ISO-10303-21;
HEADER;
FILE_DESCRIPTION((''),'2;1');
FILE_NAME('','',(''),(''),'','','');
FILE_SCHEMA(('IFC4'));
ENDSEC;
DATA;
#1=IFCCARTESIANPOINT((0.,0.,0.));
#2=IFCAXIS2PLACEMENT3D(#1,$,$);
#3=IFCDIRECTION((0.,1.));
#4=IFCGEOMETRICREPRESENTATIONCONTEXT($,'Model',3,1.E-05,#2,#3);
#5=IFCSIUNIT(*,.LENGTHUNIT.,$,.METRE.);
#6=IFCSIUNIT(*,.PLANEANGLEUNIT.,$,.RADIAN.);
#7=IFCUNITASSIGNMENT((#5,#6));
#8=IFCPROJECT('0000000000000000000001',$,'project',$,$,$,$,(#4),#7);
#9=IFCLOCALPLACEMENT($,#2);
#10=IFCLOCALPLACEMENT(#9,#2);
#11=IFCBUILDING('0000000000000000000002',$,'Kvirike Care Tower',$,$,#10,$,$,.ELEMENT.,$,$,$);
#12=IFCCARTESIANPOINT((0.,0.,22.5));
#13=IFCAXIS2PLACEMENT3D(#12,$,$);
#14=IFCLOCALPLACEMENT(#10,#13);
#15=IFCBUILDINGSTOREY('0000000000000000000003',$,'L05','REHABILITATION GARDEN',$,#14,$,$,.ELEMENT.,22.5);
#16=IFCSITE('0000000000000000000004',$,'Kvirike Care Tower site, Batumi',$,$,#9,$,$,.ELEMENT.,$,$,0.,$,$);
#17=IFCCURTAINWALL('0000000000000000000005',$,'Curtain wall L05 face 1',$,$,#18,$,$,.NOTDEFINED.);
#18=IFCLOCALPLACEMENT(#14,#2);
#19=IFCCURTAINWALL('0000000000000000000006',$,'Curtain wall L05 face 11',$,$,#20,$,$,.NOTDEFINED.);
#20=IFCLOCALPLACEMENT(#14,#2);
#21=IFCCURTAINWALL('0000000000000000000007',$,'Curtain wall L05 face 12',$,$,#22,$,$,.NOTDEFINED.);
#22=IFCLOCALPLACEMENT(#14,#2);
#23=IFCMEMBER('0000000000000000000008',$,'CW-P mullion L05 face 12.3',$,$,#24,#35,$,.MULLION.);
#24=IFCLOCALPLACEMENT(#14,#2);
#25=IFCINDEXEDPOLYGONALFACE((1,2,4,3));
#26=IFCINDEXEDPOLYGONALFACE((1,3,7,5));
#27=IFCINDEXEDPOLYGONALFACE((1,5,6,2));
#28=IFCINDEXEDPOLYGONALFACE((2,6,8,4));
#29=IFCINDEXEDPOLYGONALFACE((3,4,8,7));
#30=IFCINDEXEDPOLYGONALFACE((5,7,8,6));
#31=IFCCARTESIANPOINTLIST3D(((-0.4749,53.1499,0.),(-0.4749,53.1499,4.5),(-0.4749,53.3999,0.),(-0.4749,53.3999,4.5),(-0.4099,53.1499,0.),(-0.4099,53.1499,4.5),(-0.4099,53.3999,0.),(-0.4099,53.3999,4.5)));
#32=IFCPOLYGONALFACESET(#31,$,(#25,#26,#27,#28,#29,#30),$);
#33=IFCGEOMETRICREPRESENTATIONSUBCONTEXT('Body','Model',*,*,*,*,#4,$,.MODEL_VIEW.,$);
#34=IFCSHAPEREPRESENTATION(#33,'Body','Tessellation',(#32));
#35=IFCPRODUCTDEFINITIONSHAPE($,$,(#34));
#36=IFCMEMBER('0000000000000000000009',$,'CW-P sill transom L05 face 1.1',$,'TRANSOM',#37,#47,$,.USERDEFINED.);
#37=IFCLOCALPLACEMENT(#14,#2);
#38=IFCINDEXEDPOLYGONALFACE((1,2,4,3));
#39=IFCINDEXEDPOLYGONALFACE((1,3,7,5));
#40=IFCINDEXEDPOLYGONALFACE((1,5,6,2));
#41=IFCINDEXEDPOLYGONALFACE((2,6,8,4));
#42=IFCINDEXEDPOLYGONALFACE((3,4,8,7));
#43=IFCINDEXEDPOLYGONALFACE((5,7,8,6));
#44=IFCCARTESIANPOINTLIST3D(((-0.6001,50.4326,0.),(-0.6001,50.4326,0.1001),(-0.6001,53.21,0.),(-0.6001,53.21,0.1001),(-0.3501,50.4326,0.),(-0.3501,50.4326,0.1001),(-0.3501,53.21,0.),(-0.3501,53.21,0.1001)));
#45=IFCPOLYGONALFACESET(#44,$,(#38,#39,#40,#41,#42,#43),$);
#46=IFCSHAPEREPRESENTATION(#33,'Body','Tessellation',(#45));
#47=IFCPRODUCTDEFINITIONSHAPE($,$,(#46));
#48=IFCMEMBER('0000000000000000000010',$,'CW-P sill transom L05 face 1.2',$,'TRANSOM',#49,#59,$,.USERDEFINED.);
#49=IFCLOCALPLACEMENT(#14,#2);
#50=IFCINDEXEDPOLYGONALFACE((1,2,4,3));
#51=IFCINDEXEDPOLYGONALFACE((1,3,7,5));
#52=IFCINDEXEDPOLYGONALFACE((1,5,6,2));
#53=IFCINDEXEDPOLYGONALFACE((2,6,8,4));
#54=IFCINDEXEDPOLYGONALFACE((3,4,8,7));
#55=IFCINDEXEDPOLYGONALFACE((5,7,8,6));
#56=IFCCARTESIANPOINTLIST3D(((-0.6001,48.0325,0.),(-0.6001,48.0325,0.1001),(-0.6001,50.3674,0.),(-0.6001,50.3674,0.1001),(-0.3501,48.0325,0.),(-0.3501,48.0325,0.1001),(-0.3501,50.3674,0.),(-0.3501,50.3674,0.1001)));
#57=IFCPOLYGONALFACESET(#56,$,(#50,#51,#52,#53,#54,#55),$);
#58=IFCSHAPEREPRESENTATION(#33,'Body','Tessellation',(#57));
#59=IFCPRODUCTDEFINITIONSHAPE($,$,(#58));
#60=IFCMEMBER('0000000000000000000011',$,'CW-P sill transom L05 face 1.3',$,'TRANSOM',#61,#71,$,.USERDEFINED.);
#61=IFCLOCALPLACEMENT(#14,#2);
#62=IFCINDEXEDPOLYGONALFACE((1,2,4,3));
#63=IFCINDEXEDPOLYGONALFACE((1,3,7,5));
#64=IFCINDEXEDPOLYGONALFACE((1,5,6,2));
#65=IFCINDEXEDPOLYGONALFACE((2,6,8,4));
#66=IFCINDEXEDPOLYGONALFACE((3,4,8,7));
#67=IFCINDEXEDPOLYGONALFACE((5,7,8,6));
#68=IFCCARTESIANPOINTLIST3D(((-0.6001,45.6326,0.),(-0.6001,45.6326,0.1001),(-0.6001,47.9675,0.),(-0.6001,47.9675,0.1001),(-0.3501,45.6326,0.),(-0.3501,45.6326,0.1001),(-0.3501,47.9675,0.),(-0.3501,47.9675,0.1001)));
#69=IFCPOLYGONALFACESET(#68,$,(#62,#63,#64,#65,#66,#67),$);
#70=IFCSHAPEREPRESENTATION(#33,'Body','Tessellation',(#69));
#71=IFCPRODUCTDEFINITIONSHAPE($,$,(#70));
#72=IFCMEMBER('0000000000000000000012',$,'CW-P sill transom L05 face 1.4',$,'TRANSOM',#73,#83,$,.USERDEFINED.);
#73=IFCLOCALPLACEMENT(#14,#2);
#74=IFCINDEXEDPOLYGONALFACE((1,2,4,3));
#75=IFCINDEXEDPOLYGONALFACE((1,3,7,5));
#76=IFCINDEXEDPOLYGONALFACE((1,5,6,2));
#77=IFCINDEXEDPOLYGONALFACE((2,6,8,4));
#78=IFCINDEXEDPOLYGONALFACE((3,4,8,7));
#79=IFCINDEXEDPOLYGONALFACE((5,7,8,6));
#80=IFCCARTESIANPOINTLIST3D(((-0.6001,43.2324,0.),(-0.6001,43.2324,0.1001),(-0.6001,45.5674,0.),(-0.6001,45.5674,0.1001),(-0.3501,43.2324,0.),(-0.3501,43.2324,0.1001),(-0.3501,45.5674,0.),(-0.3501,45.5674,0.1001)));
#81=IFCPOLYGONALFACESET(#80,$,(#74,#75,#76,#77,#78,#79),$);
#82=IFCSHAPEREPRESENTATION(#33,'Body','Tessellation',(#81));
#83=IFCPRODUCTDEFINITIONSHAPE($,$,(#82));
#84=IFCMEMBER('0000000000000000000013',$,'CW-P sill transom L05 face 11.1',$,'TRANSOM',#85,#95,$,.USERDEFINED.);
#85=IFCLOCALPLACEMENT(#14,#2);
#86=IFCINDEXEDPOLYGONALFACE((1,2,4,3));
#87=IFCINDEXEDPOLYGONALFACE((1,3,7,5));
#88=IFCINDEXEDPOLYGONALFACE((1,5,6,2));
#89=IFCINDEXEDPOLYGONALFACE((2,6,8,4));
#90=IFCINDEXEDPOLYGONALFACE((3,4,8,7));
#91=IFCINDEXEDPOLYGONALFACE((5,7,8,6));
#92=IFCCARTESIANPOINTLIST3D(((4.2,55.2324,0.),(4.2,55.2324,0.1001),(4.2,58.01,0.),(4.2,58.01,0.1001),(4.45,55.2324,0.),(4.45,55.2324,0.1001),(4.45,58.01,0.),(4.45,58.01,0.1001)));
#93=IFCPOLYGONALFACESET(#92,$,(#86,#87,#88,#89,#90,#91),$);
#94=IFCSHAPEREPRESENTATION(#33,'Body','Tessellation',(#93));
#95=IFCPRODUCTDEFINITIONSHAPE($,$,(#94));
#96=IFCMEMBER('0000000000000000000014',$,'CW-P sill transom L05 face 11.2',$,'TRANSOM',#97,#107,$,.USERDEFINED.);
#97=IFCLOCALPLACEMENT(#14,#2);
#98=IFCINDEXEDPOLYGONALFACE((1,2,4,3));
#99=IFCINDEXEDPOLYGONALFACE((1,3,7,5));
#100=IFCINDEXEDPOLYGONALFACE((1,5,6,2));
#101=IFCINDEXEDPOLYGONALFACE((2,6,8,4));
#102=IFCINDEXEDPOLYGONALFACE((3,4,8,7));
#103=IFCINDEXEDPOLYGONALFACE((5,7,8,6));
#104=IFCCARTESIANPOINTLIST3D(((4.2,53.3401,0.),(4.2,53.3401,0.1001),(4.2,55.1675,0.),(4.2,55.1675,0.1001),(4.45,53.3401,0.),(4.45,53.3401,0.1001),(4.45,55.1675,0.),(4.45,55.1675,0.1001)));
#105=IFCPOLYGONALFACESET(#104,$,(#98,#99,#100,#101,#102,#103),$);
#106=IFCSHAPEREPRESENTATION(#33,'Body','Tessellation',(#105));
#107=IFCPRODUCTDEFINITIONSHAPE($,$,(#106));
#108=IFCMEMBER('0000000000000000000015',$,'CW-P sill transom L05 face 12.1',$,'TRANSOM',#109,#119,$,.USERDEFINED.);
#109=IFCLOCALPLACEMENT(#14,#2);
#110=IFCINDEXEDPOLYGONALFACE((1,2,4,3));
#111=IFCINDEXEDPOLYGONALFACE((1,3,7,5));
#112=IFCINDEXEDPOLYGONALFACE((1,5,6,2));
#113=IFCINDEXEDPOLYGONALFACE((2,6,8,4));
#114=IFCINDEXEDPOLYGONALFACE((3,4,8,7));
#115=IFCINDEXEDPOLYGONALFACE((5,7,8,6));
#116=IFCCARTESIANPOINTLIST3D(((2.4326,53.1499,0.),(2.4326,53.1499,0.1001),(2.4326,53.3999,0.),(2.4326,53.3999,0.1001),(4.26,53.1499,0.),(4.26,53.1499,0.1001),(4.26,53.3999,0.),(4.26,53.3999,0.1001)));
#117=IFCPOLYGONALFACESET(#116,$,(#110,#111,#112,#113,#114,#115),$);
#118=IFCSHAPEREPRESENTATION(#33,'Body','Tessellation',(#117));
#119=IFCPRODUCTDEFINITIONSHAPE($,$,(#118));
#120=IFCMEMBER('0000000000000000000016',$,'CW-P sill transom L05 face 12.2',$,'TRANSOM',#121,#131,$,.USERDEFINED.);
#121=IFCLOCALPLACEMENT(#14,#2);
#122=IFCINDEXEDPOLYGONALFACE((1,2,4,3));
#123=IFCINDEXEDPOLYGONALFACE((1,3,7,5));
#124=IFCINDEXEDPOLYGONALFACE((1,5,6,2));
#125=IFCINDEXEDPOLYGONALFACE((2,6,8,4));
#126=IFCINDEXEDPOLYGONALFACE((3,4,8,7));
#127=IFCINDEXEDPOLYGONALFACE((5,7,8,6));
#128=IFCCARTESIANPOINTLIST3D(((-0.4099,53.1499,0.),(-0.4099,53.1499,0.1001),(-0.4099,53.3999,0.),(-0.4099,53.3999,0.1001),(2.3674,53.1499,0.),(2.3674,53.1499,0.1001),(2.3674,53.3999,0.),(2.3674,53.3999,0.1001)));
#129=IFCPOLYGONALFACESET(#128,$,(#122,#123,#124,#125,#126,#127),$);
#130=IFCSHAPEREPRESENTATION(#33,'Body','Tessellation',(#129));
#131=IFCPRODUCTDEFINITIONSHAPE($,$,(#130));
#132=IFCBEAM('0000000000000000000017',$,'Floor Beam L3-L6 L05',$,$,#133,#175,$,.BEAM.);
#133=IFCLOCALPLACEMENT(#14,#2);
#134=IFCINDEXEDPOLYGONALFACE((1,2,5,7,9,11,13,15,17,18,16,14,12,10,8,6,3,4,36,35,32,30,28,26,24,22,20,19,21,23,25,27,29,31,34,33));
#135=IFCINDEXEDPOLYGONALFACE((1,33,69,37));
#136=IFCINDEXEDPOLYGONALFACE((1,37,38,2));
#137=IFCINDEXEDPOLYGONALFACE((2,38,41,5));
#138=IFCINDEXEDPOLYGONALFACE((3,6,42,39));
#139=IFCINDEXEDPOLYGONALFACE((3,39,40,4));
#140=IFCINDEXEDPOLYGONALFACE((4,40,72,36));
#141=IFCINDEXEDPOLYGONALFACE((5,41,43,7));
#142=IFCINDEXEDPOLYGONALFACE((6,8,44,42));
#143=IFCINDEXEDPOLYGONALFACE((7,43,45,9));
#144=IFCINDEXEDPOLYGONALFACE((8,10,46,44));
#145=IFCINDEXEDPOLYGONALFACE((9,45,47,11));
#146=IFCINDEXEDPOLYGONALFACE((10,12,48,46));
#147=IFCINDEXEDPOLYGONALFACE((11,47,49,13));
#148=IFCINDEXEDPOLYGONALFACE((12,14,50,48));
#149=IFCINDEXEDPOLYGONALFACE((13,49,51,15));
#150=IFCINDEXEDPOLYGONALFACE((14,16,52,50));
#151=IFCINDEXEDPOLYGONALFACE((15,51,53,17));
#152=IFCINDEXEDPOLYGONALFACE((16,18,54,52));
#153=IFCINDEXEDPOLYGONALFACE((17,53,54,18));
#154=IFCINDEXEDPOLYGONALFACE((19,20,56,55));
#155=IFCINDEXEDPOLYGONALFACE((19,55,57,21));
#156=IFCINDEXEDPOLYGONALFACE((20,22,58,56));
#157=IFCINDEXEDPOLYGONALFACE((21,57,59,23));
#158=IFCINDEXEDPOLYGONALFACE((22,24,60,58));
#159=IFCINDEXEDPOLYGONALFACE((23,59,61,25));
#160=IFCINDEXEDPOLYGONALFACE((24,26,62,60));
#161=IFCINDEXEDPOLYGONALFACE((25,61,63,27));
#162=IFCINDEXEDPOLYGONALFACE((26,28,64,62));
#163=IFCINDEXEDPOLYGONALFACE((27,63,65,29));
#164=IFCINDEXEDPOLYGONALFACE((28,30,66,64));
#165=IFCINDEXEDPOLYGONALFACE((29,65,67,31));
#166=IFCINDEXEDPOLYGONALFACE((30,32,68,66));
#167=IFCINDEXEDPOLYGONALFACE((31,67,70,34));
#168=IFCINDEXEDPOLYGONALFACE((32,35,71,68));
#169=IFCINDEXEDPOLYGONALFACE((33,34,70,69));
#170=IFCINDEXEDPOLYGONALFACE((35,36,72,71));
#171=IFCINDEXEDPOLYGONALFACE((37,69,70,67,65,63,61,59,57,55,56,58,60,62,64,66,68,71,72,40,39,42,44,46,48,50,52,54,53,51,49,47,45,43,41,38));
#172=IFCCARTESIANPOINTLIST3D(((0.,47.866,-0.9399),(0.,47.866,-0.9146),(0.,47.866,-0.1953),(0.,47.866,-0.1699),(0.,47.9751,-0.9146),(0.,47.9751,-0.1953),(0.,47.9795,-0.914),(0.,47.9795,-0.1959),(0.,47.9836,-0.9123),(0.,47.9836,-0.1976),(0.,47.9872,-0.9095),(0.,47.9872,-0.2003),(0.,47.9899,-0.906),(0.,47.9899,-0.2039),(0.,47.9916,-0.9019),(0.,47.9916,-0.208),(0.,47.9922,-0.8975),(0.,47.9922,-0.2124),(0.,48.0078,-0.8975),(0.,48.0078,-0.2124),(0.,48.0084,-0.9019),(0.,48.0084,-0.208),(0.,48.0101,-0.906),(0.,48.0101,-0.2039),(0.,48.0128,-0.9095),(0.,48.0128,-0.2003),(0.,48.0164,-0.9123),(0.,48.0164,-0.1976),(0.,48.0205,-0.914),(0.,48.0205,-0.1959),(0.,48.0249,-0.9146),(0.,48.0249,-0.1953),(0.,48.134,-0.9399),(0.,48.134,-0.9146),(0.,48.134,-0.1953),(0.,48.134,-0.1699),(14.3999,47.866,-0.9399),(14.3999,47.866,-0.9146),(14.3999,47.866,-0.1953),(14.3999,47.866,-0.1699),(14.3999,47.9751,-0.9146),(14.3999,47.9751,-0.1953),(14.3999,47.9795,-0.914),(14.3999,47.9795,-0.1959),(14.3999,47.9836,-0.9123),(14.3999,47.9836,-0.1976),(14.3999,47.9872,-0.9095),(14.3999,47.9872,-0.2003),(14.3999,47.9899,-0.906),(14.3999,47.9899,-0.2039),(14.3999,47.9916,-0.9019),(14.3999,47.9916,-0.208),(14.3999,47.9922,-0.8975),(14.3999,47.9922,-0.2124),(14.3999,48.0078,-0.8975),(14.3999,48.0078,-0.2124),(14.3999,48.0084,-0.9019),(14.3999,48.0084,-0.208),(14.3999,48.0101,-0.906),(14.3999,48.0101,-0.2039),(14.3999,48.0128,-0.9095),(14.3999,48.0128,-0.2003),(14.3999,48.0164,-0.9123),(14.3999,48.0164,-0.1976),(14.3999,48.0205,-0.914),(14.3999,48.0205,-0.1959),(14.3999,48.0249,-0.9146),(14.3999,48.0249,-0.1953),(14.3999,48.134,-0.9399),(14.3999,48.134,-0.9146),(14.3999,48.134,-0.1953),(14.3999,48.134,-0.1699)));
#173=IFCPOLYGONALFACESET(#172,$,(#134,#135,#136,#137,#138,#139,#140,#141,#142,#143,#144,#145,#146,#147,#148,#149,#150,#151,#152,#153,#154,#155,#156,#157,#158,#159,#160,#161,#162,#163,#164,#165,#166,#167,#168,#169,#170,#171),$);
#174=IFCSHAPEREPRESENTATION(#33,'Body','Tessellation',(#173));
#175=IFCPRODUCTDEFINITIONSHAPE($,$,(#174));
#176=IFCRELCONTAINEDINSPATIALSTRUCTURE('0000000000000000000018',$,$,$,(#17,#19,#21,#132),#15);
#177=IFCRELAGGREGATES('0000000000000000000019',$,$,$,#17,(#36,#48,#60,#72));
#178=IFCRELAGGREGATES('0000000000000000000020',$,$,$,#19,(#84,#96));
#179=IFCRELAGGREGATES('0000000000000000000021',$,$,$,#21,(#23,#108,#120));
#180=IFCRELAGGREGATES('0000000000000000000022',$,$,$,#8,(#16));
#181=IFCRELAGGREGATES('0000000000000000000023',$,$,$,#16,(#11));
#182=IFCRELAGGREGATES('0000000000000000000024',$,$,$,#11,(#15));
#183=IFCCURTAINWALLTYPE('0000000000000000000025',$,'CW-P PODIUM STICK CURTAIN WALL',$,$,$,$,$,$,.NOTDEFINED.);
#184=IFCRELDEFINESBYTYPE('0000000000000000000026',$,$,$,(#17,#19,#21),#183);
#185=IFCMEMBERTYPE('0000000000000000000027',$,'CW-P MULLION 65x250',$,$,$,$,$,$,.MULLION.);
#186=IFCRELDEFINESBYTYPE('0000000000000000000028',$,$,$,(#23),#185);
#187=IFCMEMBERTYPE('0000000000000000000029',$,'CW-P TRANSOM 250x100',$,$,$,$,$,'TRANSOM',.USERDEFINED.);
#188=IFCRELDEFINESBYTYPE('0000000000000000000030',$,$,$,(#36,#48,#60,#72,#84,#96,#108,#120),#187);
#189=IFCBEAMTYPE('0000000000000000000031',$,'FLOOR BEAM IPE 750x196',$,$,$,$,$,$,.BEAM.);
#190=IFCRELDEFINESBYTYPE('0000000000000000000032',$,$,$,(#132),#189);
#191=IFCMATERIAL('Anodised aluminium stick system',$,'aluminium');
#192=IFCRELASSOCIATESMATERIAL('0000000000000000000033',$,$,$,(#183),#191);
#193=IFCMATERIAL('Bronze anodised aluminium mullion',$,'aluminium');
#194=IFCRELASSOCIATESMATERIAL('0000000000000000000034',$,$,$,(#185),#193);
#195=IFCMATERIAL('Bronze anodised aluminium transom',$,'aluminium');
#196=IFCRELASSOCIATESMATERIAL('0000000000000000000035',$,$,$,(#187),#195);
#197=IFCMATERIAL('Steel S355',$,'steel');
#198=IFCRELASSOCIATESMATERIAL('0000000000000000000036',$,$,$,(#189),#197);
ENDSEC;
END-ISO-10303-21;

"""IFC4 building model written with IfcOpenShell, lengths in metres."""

from ifc_helpers import new_model, si_unit, direction, frame, origin, origin_2d, place, context, subcontext, project, spatial, rectangle, i_section, extrude, material, material_profile, profile_set, type_object, element, aggregate, save


model = new_model("IFC4")

# Units and contexts
model_context = context("Model", 3, precision=1e-05, world=origin(), true_north=direction((0.0, 1.0)))
body_context = subcontext(model_context, "Body", "Model", "MODEL_VIEW")
ifc_project = project(units=[si_unit("LENGTHUNIT", "METRE"), si_unit("PLANEANGLEUNIT", "RADIAN")], contexts=[model_context])

# Site, building, storey
site_placement = place(None, origin())
site = spatial("IfcSite", under=ifc_project, at=site_placement, Name="Kvirike Care Tower site, Batumi", CompositionType="ELEMENT", RefElevation=0.0)
building_placement = place(site_placement, origin())
building = spatial("IfcBuilding", under=site, at=building_placement, Name="Kvirike Care Tower", CompositionType="ELEMENT")
storey_placement = place(building_placement, frame((0.0, 0.0, 22.5)))
storey = spatial("IfcBuildingStorey", under=building, at=storey_placement, Name="L05", Description="REHABILITATION GARDEN", CompositionType="ELEMENT", Elevation=22.5)

# Curtain wall
ifc_material_1 = material(Name="Anodised aluminium stick system", Category="aluminium")
curtain_wall_type = type_object("IfcCurtainWallType", Name="CW-P PODIUM STICK CURTAIN WALL", PredefinedType="NOTDEFINED", material=ifc_material_1)
curtain_wall_1_placement = place(storey_placement, origin())
curtain_wall_1 = element("IfcCurtainWall", 1, at=curtain_wall_1_placement, inside=storey, type_object=curtain_wall_type, Name="Curtain wall L05 face 1", PredefinedType="NOTDEFINED")
ifc_material_2 = material(Name="Bronze anodised aluminium mullion", Category="aluminium")
ifc_material_profile_1 = material_profile(ifc_material_2, rectangle(XDim=0.0649, YDim=0.25, at=origin_2d()), Name="CW-P MULLION 65x250")
ifc_profile_set_1 = profile_set([ifc_material_profile_1], Name="Bronze anodised aluminium mullion")
member_type_1 = type_object("IfcMemberType", Name="CW-P MULLION 65x250", PredefinedType="MULLION", material=ifc_profile_set_1)

# Curtain walls, member
curtain_wall_2_placement = place(storey_placement, origin())
curtain_wall_2 = element("IfcCurtainWall", 2, at=curtain_wall_2_placement, inside=storey, type_object=curtain_wall_type, Name="Curtain wall L05 face 11", PredefinedType="NOTDEFINED")
curtain_wall_3_placement = place(storey_placement, origin())
curtain_wall_3 = element("IfcCurtainWall", 3, at=curtain_wall_3_placement, inside=storey, type_object=curtain_wall_type, Name="Curtain wall L05 face 12", PredefinedType="NOTDEFINED")
member_1_placement = place(storey_placement, frame((-0.4424, 53.2749, 0.0), z_axis=(0.0, 0.0, 1.0), x_axis=(-1.0, 0.0, 0.0)))
member_1 = element("IfcMember", 4, at=member_1_placement, type_object=member_type_1, Name="CW-P mullion L05 face 12.3", PredefinedType="MULLION", context=body_context, shape_type="SweptSolid", body=[
    extrude(rectangle(XDim=0.0649, YDim=0.25, at=origin_2d()), origin(), (0.0, 0.0, 1.0), 4.5),
])

# Members
ifc_material_3 = material(Name="Bronze anodised aluminium transom", Category="aluminium")
ifc_material_profile_2 = material_profile(ifc_material_3, rectangle(XDim=0.25, YDim=0.1001, at=origin_2d()), Name="CW-P TRANSOM 250x100")
ifc_profile_set_2 = profile_set([ifc_material_profile_2], Name="Bronze anodised aluminium transom")
member_type_2 = type_object("IfcMemberType", Name="CW-P TRANSOM 250x100", ElementType="TRANSOM", PredefinedType="USERDEFINED", material=ifc_profile_set_2)
member_2_placement = place(storey_placement, frame((-0.4751, 53.21, 0.05), z_axis=(0.0, -1.0, 0.0), x_axis=(1.0, 0.0, 0.0)))
member_2 = element("IfcMember", 5, at=member_2_placement, type_object=member_type_2, Name="CW-P sill transom L05 face 1.1", ObjectType="TRANSOM", PredefinedType="USERDEFINED", context=body_context, shape_type="SweptSolid", body=[
    extrude(rectangle(XDim=0.25, YDim=0.1001, at=origin_2d()), origin(), (0.0, 0.0, 1.0), 2.7773),
])
member_3_placement = place(storey_placement, frame((-0.4751, 50.3674, 0.05), z_axis=(0.0, -1.0, 0.0), x_axis=(1.0, 0.0, 0.0)))
member_3 = element("IfcMember", 6, at=member_3_placement, type_object=member_type_2, Name="CW-P sill transom L05 face 1.2", ObjectType="TRANSOM", PredefinedType="USERDEFINED", context=body_context, shape_type="SweptSolid", body=[
    extrude(rectangle(XDim=0.25, YDim=0.1001, at=origin_2d()), origin(), (0.0, 0.0, 1.0), 2.335),
])
member_4_placement = place(storey_placement, frame((-0.4751, 47.9675, 0.05), z_axis=(0.0, -1.0, 0.0), x_axis=(1.0, 0.0, 0.0)))
member_4 = element("IfcMember", 7, at=member_4_placement, type_object=member_type_2, Name="CW-P sill transom L05 face 1.3", ObjectType="TRANSOM", PredefinedType="USERDEFINED", context=body_context, shape_type="SweptSolid", body=[
    extrude(rectangle(XDim=0.25, YDim=0.1001, at=origin_2d()), origin(), (0.0, 0.0, 1.0), 2.335),
])
member_5_placement = place(storey_placement, frame((-0.4751, 45.5674, 0.05), z_axis=(0.0, -1.0, 0.0), x_axis=(1.0, 0.0, 0.0)))
member_5 = element("IfcMember", 8, at=member_5_placement, type_object=member_type_2, Name="CW-P sill transom L05 face 1.4", ObjectType="TRANSOM", PredefinedType="USERDEFINED", context=body_context, shape_type="SweptSolid", body=[
    extrude(rectangle(XDim=0.25, YDim=0.1001, at=origin_2d()), origin(), (0.0, 0.0, 1.0), 2.335),
])
member_6_placement = place(storey_placement, frame((4.325, 58.01, 0.05), z_axis=(0.0, -1.0, 0.0), x_axis=(1.0, 0.0, 0.0)))
member_6 = element("IfcMember", 9, at=member_6_placement, type_object=member_type_2, Name="CW-P sill transom L05 face 11.1", ObjectType="TRANSOM", PredefinedType="USERDEFINED", context=body_context, shape_type="SweptSolid", body=[
    extrude(rectangle(XDim=0.25, YDim=0.1001, at=origin_2d()), origin(), (0.0, 0.0, 1.0), 2.7776),
])
member_7_placement = place(storey_placement, frame((4.325, 55.1675, 0.05), z_axis=(0.0, -1.0, 0.0), x_axis=(1.0, 0.0, 0.0)))
member_7 = element("IfcMember", 10, at=member_7_placement, type_object=member_type_2, Name="CW-P sill transom L05 face 11.2", ObjectType="TRANSOM", PredefinedType="USERDEFINED", context=body_context, shape_type="SweptSolid", body=[
    extrude(rectangle(XDim=0.25, YDim=0.1001, at=origin_2d()), origin(), (0.0, 0.0, 1.0), 1.8274),
])
member_8_placement = place(storey_placement, frame((4.26, 53.2749, 0.05), z_axis=(-1.0, 0.0, 0.0), x_axis=(0.0, -1.0, 0.0)))
member_8 = element("IfcMember", 11, at=member_8_placement, type_object=member_type_2, Name="CW-P sill transom L05 face 12.1", ObjectType="TRANSOM", PredefinedType="USERDEFINED", context=body_context, shape_type="SweptSolid", body=[
    extrude(rectangle(XDim=0.25, YDim=0.1001, at=origin_2d()), origin(), (0.0, 0.0, 1.0), 1.8274),
])
member_9_placement = place(storey_placement, frame((2.3674, 53.2749, 0.05), z_axis=(-1.0, 0.0, 0.0), x_axis=(0.0, -1.0, 0.0)))
member_9 = element("IfcMember", 12, at=member_9_placement, type_object=member_type_2, Name="CW-P sill transom L05 face 12.2", ObjectType="TRANSOM", PredefinedType="USERDEFINED", context=body_context, shape_type="SweptSolid", body=[
    extrude(rectangle(XDim=0.25, YDim=0.1001, at=origin_2d()), origin(), (0.0, 0.0, 1.0), 2.7773),
])

# Beam
ifc_material_4 = material(Name="Steel S355", Category="steel")
ifc_material_profile_3 = material_profile(ifc_material_4, i_section(OverallWidth=0.2681, OverallDepth=0.77, WebThickness=0.0156, FlangeThickness=0.0254, FilletRadius=0.0171, at=origin_2d()), Name="IPE 750x196")
ifc_profile_set_3 = profile_set([ifc_material_profile_3], Name="Steel S355")
beam_type_1 = type_object("IfcBeamType", Name="FLOOR BEAM IPE 750x196", PredefinedType="BEAM", material=ifc_profile_set_3)
beam_1_placement = place(storey_placement, frame((0.0, 48.0, -0.5549), z_axis=(1.0, 0.0, 0.0), x_axis=(0.0, 1.0, 0.0)))
element("IfcBeam", 13, at=beam_1_placement, inside=storey, type_object=beam_type_1, Name="Floor Beam L3-L6 L05", PredefinedType="BEAM", context=body_context, shape_type="SweptSolid", body=[
    extrude(i_section(OverallWidth=0.2681, OverallDepth=0.77, WebThickness=0.0156, FlangeThickness=0.0254, FilletRadius=0.0171, at=origin_2d()), origin(), (0.0, 0.0, 1.0), 14.3999),
])

aggregate(curtain_wall_1, [member_2, member_3, member_4, member_5])
aggregate(curtain_wall_2, [member_6, member_7])
aggregate(curtain_wall_3, [member_1, member_8, member_9])

save(model, "model.ifc")
